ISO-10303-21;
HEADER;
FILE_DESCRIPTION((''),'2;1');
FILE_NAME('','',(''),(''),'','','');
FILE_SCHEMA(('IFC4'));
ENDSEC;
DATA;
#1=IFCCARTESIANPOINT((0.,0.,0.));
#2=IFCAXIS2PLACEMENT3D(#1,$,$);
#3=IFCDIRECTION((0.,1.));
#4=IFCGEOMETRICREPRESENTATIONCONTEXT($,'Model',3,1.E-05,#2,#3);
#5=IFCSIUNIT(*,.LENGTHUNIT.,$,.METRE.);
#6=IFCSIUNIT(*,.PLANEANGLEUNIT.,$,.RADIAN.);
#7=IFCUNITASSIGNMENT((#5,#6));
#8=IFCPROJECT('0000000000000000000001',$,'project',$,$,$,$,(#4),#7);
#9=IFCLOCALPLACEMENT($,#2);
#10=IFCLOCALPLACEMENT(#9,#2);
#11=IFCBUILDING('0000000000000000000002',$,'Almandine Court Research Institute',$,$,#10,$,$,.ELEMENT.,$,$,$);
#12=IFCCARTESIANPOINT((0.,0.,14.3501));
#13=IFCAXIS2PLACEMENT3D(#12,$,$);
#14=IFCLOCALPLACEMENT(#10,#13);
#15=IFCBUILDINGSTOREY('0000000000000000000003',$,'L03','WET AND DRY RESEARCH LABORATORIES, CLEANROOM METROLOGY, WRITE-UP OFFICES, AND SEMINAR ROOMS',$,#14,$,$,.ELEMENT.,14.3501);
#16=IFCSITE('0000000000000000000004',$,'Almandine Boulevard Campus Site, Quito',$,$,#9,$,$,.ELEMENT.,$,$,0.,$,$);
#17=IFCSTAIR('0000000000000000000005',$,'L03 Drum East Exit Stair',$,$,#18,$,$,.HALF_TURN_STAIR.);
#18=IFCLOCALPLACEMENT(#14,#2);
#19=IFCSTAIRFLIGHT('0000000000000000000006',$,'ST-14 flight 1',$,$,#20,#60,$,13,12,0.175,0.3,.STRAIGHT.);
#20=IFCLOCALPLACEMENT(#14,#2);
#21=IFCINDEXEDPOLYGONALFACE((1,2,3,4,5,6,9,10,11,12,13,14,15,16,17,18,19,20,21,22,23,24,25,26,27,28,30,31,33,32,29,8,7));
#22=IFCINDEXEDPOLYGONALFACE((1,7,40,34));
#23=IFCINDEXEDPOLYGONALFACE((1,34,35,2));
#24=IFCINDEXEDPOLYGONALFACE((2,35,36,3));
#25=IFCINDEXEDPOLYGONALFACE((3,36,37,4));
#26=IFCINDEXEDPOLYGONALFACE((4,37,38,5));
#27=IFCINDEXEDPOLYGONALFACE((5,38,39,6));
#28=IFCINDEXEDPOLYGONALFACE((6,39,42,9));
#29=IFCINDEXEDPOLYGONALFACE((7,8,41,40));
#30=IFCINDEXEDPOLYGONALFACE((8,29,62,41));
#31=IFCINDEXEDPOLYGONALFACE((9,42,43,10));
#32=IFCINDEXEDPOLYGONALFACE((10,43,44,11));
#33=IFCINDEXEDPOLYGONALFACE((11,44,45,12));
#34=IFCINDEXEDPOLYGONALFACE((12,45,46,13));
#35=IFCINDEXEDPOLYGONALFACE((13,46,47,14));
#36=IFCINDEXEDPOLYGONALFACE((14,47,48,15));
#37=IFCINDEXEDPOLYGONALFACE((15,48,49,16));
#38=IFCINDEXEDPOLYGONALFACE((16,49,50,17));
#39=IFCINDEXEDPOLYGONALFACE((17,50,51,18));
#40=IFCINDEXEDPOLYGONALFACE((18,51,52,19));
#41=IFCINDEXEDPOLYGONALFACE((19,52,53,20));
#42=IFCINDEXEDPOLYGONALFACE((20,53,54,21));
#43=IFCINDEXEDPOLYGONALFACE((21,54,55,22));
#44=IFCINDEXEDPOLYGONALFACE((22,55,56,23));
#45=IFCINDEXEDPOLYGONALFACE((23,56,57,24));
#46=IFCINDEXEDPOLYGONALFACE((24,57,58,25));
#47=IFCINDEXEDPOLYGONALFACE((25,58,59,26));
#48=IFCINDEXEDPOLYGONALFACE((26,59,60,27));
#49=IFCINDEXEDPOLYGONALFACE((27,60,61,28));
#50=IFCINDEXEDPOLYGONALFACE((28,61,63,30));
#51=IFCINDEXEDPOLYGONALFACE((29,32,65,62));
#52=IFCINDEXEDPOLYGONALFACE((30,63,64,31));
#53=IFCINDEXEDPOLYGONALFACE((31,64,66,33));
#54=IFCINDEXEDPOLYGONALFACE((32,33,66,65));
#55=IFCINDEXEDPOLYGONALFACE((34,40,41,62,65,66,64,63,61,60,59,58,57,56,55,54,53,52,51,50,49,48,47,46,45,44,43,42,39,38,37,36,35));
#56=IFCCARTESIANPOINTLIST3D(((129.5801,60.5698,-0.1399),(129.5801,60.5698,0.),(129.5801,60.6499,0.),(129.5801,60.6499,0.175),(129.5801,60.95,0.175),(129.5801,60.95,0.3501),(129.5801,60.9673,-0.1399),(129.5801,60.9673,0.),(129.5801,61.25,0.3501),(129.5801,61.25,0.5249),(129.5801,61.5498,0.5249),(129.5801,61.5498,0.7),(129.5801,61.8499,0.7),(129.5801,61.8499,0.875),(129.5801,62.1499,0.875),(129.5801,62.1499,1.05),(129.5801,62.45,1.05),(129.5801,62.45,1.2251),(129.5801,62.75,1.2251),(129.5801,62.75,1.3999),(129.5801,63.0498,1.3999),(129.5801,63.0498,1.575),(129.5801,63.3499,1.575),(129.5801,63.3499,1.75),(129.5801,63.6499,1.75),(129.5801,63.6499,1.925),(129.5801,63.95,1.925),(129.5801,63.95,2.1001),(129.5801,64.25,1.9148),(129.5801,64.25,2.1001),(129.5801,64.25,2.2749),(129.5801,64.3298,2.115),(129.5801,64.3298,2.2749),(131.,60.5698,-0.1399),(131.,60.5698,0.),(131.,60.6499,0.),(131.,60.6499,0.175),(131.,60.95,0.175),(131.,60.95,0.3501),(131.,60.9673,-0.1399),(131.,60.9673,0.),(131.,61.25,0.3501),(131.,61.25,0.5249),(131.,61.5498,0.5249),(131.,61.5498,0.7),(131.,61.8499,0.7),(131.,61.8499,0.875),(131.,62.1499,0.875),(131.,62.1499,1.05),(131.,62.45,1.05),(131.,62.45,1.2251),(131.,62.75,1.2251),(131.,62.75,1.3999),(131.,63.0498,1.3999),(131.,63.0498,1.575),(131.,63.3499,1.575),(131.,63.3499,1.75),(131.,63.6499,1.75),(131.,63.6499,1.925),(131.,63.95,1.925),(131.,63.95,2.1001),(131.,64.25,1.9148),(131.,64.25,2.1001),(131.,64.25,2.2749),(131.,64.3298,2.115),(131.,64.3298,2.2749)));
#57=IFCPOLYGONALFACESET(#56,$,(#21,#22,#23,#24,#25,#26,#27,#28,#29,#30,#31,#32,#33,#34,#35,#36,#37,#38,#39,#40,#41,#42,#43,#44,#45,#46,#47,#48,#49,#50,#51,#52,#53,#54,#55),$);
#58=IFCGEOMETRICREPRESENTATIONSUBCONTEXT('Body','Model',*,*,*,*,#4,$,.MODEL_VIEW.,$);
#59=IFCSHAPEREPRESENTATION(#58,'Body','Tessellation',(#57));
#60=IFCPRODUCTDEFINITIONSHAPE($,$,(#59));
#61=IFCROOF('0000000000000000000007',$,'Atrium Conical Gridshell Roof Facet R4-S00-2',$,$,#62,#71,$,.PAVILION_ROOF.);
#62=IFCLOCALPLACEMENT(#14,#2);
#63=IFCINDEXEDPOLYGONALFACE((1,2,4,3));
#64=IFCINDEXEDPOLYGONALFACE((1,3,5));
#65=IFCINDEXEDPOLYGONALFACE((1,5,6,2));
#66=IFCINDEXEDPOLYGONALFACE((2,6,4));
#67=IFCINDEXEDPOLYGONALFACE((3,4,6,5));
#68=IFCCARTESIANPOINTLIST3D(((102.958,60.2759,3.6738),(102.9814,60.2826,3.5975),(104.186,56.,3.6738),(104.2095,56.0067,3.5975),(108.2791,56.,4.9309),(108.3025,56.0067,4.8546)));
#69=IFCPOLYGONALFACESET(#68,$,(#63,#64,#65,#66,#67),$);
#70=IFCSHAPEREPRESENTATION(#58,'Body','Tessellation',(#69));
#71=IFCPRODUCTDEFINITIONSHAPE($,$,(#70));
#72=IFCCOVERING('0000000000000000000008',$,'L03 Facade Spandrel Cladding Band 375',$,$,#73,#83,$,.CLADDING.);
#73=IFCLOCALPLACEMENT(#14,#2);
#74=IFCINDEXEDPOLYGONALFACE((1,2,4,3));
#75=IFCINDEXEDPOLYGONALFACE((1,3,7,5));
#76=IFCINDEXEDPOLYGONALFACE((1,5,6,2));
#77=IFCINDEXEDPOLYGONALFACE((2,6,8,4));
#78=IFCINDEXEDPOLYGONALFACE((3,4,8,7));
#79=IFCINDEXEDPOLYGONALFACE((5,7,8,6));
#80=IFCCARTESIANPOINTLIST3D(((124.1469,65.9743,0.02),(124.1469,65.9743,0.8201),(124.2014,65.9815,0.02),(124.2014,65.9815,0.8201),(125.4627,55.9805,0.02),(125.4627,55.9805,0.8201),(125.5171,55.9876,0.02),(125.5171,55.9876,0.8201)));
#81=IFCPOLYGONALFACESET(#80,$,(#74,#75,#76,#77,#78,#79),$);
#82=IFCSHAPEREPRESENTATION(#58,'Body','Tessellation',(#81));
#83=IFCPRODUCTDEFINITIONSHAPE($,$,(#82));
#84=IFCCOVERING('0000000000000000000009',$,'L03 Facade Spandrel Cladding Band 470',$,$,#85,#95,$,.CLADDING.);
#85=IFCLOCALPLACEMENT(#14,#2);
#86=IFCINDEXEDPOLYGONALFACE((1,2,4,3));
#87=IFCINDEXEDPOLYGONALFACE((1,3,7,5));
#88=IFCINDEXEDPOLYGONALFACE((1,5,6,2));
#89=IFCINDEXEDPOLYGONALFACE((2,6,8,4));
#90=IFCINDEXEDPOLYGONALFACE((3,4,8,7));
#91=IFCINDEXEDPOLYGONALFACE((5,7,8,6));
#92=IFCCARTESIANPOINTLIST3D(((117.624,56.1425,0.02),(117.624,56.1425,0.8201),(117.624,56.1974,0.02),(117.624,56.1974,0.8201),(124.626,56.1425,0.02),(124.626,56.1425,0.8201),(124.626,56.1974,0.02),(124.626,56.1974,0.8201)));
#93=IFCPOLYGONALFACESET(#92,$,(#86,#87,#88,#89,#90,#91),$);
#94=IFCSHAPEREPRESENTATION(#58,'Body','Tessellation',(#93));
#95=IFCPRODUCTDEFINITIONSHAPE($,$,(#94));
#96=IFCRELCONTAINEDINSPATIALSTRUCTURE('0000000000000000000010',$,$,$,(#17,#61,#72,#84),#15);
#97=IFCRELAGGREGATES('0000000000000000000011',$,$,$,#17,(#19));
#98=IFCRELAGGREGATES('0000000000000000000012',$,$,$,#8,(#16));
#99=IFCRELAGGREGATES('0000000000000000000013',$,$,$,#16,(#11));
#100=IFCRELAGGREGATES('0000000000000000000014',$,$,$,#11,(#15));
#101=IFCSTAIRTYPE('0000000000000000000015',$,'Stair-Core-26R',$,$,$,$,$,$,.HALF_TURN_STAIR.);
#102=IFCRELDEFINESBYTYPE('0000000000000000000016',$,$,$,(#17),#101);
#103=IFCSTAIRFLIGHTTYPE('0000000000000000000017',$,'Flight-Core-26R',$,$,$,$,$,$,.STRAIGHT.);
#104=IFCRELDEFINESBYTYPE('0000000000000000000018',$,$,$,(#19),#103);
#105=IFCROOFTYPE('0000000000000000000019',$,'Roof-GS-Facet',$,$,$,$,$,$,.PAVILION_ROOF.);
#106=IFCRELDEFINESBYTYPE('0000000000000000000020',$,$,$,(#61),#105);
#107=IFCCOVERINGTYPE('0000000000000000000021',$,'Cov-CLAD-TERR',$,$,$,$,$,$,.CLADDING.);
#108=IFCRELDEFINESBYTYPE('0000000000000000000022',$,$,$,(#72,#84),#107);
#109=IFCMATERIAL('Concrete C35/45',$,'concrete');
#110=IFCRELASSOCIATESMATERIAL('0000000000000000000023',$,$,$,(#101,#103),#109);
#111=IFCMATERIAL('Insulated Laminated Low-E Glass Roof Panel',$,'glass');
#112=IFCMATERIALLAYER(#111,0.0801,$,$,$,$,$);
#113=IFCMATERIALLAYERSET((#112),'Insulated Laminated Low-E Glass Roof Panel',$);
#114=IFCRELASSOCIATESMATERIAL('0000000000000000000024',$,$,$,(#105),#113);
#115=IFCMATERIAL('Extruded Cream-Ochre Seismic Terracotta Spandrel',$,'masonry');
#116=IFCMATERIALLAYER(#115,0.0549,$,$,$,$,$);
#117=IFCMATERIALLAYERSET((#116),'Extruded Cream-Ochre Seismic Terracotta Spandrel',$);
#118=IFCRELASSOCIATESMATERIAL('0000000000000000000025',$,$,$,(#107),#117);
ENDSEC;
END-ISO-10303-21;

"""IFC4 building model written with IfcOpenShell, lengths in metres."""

from ifc_helpers import new_model, si_unit, direction, frame, origin, origin_2d, place, context, subcontext, project, spatial, polyline, rectangle, outline, extrude, material, layer, layer_set, type_object, element, aggregate, save


model = new_model("IFC4")

# Units and contexts
model_context = context("Model", 3, precision=1e-05, world=origin(), true_north=direction((0.0, 1.0)))
body_context = subcontext(model_context, "Body", "Model", "MODEL_VIEW")
ifc_project = project(units=[si_unit("LENGTHUNIT", "METRE"), si_unit("PLANEANGLEUNIT", "RADIAN")], contexts=[model_context])

# Site, building, storey
site_placement = place(None, origin())
site = spatial("IfcSite", under=ifc_project, at=site_placement, Name="Almandine Boulevard Campus Site, Quito", CompositionType="ELEMENT", RefElevation=0.0)
building_placement = place(site_placement, origin())
building = spatial("IfcBuilding", under=site, at=building_placement, Name="Almandine Court Research Institute", CompositionType="ELEMENT")
storey_placement = place(building_placement, frame((0.0, 0.0, 14.3501)))
storey = spatial("IfcBuildingStorey", under=building, at=storey_placement, Name="L03", Description="WET AND DRY RESEARCH LABORATORIES, CLEANROOM METROLOGY, WRITE-UP OFFICES, AND SEMINAR ROOMS", CompositionType="ELEMENT", Elevation=14.3501)

# Stair, stair flight
ifc_material_1 = material(Name="Concrete C35/45", Category="concrete")
stair_type = type_object("IfcStairType", Name="Stair-Core-26R", PredefinedType="HALF_TURN_STAIR", material=ifc_material_1)
stair_placement = place(storey_placement, origin())
stair = element("IfcStair", 1, at=stair_placement, inside=storey, type_object=stair_type, Name="L03 Drum East Exit Stair", PredefinedType="HALF_TURN_STAIR")
stair_flight_type = type_object("IfcStairFlightType", Name="Flight-Core-26R", PredefinedType="STRAIGHT", material=ifc_material_1)
stair_flight_placement = place(storey_placement, frame((130.29, 60.6499, 0.0), z_axis=(0.0, 0.0, 1.0), x_axis=(0.0, 1.0, 0.0)))
stair_flight = element("IfcStairFlight", 2, at=stair_flight_placement, type_object=stair_flight_type, Name="ST-14 flight 1", NumberOfRisers=13, NumberOfTreads=12, PredefinedType="STRAIGHT", RiserHeight=0.175, TreadLength=0.3, context=body_context, shape_type="SweptSolid", body=[
    extrude(outline(polyline([(-0.0801, -0.1399), (-0.0801, 0.0), (0.0, 0.0), (0.0, 0.175), (0.3, 0.175), (0.3, 0.3501), (0.6001, 0.3501), (0.6001, 0.5249), (0.8999, 0.5249), (0.8999, 0.7), (1.2, 0.7), (1.2, 0.875), (1.5, 0.875), (1.5, 1.05), (1.8, 1.05), (1.8, 1.2251), (2.1001, 1.2251), (2.1001, 1.3999), (2.3999, 1.3999), (2.3999, 1.575), (2.7, 1.575), (2.7, 1.75), (3.0, 1.75), (3.0, 1.925), (3.3, 1.925), (3.3, 2.1001), (3.6001, 2.1001), (3.6001, 2.2749), (3.6799, 2.2749), (3.6799, 2.115), (3.6001, 1.9148), (0.3174, 0.0), (0.3174, -0.1399), (-0.0801, -0.1399)])), frame((0.0, 0.71, 0.0), z_axis=(0.0, -1.0, 0.0), x_axis=(1.0, 0.0, 0.0)), (0.0, 0.0, 1.0), 1.4199),
])
aggregate(stair, [stair_flight])

# Roof
ifc_material_2 = material(Name="Insulated Laminated Low-E Glass Roof Panel", Category="glass")
ifc_layer_1 = layer(ifc_material_2, 0.0801)
ifc_layer_set_1 = layer_set([ifc_layer_1], Name="Insulated Laminated Low-E Glass Roof Panel")
roof_type = type_object("IfcRoofType", Name="Roof-GS-Facet", PredefinedType="PAVILION_ROOF", material=ifc_layer_set_1)
roof_placement = place(storey_placement, frame((108.2791, 56.0, 4.9309), z_axis=(-0.292555, -0.084021, 0.95255), x_axis=(-0.766615, 0.616036, -0.18111)))
element("IfcRoof", 3, at=roof_placement, inside=storey, type_object=roof_type, Name="Atrium Conical Gridshell Roof Facet R4-S00-2", PredefinedType="PAVILION_ROOF", context=body_context, shape_type="SweptSolid", body=[
    extrude(outline(polyline([(0.0, 0.0), (6.941, 0.0), (3.3654, 2.647), (0.0, 0.0)])), origin(), (0.0, 0.0, -1.0), 0.0801),
])

# Coverings
ifc_material_3 = material(Name="Extruded Cream-Ochre Seismic Terracotta Spandrel", Category="masonry")
ifc_layer_2 = layer(ifc_material_3, 0.0549)
ifc_layer_set_2 = layer_set([ifc_layer_2], Name="Extruded Cream-Ochre Seismic Terracotta Spandrel")
covering_type = type_object("IfcCoveringType", Name="Cov-CLAD-TERR", PredefinedType="CLADDING", material=ifc_layer_set_2)
covering_1_placement = place(storey_placement, frame((124.832, 60.981, 0.02), z_axis=(0.0, 0.0, 1.0), x_axis=(-0.130526, 0.991445, 0.0)))
element("IfcCovering", 4, at=covering_1_placement, inside=storey, type_object=covering_type, Name="L03 Facade Spandrel Cladding Band 375", PredefinedType="CLADDING", context=body_context, shape_type="SweptSolid", body=[
    extrude(rectangle(XDim=10.0801, YDim=0.0549, at=origin_2d()), origin(), (0.0, 0.0, 1.0), 0.8),
])
covering_2_placement = place(storey_placement, frame((121.125, 56.1699, 0.02), z_axis=(0.0, 0.0, 1.0), x_axis=(1.0, 0.0, 0.0)))
element("IfcCovering", 5, at=covering_2_placement, inside=storey, type_object=covering_type, Name="L03 Facade Spandrel Cladding Band 470", PredefinedType="CLADDING", context=body_context, shape_type="SweptSolid", body=[
    extrude(rectangle(XDim=7.002, YDim=0.0549, at=origin_2d()), origin(), (0.0, 0.0, 1.0), 0.8),
])

save(model, "model.ifc")
